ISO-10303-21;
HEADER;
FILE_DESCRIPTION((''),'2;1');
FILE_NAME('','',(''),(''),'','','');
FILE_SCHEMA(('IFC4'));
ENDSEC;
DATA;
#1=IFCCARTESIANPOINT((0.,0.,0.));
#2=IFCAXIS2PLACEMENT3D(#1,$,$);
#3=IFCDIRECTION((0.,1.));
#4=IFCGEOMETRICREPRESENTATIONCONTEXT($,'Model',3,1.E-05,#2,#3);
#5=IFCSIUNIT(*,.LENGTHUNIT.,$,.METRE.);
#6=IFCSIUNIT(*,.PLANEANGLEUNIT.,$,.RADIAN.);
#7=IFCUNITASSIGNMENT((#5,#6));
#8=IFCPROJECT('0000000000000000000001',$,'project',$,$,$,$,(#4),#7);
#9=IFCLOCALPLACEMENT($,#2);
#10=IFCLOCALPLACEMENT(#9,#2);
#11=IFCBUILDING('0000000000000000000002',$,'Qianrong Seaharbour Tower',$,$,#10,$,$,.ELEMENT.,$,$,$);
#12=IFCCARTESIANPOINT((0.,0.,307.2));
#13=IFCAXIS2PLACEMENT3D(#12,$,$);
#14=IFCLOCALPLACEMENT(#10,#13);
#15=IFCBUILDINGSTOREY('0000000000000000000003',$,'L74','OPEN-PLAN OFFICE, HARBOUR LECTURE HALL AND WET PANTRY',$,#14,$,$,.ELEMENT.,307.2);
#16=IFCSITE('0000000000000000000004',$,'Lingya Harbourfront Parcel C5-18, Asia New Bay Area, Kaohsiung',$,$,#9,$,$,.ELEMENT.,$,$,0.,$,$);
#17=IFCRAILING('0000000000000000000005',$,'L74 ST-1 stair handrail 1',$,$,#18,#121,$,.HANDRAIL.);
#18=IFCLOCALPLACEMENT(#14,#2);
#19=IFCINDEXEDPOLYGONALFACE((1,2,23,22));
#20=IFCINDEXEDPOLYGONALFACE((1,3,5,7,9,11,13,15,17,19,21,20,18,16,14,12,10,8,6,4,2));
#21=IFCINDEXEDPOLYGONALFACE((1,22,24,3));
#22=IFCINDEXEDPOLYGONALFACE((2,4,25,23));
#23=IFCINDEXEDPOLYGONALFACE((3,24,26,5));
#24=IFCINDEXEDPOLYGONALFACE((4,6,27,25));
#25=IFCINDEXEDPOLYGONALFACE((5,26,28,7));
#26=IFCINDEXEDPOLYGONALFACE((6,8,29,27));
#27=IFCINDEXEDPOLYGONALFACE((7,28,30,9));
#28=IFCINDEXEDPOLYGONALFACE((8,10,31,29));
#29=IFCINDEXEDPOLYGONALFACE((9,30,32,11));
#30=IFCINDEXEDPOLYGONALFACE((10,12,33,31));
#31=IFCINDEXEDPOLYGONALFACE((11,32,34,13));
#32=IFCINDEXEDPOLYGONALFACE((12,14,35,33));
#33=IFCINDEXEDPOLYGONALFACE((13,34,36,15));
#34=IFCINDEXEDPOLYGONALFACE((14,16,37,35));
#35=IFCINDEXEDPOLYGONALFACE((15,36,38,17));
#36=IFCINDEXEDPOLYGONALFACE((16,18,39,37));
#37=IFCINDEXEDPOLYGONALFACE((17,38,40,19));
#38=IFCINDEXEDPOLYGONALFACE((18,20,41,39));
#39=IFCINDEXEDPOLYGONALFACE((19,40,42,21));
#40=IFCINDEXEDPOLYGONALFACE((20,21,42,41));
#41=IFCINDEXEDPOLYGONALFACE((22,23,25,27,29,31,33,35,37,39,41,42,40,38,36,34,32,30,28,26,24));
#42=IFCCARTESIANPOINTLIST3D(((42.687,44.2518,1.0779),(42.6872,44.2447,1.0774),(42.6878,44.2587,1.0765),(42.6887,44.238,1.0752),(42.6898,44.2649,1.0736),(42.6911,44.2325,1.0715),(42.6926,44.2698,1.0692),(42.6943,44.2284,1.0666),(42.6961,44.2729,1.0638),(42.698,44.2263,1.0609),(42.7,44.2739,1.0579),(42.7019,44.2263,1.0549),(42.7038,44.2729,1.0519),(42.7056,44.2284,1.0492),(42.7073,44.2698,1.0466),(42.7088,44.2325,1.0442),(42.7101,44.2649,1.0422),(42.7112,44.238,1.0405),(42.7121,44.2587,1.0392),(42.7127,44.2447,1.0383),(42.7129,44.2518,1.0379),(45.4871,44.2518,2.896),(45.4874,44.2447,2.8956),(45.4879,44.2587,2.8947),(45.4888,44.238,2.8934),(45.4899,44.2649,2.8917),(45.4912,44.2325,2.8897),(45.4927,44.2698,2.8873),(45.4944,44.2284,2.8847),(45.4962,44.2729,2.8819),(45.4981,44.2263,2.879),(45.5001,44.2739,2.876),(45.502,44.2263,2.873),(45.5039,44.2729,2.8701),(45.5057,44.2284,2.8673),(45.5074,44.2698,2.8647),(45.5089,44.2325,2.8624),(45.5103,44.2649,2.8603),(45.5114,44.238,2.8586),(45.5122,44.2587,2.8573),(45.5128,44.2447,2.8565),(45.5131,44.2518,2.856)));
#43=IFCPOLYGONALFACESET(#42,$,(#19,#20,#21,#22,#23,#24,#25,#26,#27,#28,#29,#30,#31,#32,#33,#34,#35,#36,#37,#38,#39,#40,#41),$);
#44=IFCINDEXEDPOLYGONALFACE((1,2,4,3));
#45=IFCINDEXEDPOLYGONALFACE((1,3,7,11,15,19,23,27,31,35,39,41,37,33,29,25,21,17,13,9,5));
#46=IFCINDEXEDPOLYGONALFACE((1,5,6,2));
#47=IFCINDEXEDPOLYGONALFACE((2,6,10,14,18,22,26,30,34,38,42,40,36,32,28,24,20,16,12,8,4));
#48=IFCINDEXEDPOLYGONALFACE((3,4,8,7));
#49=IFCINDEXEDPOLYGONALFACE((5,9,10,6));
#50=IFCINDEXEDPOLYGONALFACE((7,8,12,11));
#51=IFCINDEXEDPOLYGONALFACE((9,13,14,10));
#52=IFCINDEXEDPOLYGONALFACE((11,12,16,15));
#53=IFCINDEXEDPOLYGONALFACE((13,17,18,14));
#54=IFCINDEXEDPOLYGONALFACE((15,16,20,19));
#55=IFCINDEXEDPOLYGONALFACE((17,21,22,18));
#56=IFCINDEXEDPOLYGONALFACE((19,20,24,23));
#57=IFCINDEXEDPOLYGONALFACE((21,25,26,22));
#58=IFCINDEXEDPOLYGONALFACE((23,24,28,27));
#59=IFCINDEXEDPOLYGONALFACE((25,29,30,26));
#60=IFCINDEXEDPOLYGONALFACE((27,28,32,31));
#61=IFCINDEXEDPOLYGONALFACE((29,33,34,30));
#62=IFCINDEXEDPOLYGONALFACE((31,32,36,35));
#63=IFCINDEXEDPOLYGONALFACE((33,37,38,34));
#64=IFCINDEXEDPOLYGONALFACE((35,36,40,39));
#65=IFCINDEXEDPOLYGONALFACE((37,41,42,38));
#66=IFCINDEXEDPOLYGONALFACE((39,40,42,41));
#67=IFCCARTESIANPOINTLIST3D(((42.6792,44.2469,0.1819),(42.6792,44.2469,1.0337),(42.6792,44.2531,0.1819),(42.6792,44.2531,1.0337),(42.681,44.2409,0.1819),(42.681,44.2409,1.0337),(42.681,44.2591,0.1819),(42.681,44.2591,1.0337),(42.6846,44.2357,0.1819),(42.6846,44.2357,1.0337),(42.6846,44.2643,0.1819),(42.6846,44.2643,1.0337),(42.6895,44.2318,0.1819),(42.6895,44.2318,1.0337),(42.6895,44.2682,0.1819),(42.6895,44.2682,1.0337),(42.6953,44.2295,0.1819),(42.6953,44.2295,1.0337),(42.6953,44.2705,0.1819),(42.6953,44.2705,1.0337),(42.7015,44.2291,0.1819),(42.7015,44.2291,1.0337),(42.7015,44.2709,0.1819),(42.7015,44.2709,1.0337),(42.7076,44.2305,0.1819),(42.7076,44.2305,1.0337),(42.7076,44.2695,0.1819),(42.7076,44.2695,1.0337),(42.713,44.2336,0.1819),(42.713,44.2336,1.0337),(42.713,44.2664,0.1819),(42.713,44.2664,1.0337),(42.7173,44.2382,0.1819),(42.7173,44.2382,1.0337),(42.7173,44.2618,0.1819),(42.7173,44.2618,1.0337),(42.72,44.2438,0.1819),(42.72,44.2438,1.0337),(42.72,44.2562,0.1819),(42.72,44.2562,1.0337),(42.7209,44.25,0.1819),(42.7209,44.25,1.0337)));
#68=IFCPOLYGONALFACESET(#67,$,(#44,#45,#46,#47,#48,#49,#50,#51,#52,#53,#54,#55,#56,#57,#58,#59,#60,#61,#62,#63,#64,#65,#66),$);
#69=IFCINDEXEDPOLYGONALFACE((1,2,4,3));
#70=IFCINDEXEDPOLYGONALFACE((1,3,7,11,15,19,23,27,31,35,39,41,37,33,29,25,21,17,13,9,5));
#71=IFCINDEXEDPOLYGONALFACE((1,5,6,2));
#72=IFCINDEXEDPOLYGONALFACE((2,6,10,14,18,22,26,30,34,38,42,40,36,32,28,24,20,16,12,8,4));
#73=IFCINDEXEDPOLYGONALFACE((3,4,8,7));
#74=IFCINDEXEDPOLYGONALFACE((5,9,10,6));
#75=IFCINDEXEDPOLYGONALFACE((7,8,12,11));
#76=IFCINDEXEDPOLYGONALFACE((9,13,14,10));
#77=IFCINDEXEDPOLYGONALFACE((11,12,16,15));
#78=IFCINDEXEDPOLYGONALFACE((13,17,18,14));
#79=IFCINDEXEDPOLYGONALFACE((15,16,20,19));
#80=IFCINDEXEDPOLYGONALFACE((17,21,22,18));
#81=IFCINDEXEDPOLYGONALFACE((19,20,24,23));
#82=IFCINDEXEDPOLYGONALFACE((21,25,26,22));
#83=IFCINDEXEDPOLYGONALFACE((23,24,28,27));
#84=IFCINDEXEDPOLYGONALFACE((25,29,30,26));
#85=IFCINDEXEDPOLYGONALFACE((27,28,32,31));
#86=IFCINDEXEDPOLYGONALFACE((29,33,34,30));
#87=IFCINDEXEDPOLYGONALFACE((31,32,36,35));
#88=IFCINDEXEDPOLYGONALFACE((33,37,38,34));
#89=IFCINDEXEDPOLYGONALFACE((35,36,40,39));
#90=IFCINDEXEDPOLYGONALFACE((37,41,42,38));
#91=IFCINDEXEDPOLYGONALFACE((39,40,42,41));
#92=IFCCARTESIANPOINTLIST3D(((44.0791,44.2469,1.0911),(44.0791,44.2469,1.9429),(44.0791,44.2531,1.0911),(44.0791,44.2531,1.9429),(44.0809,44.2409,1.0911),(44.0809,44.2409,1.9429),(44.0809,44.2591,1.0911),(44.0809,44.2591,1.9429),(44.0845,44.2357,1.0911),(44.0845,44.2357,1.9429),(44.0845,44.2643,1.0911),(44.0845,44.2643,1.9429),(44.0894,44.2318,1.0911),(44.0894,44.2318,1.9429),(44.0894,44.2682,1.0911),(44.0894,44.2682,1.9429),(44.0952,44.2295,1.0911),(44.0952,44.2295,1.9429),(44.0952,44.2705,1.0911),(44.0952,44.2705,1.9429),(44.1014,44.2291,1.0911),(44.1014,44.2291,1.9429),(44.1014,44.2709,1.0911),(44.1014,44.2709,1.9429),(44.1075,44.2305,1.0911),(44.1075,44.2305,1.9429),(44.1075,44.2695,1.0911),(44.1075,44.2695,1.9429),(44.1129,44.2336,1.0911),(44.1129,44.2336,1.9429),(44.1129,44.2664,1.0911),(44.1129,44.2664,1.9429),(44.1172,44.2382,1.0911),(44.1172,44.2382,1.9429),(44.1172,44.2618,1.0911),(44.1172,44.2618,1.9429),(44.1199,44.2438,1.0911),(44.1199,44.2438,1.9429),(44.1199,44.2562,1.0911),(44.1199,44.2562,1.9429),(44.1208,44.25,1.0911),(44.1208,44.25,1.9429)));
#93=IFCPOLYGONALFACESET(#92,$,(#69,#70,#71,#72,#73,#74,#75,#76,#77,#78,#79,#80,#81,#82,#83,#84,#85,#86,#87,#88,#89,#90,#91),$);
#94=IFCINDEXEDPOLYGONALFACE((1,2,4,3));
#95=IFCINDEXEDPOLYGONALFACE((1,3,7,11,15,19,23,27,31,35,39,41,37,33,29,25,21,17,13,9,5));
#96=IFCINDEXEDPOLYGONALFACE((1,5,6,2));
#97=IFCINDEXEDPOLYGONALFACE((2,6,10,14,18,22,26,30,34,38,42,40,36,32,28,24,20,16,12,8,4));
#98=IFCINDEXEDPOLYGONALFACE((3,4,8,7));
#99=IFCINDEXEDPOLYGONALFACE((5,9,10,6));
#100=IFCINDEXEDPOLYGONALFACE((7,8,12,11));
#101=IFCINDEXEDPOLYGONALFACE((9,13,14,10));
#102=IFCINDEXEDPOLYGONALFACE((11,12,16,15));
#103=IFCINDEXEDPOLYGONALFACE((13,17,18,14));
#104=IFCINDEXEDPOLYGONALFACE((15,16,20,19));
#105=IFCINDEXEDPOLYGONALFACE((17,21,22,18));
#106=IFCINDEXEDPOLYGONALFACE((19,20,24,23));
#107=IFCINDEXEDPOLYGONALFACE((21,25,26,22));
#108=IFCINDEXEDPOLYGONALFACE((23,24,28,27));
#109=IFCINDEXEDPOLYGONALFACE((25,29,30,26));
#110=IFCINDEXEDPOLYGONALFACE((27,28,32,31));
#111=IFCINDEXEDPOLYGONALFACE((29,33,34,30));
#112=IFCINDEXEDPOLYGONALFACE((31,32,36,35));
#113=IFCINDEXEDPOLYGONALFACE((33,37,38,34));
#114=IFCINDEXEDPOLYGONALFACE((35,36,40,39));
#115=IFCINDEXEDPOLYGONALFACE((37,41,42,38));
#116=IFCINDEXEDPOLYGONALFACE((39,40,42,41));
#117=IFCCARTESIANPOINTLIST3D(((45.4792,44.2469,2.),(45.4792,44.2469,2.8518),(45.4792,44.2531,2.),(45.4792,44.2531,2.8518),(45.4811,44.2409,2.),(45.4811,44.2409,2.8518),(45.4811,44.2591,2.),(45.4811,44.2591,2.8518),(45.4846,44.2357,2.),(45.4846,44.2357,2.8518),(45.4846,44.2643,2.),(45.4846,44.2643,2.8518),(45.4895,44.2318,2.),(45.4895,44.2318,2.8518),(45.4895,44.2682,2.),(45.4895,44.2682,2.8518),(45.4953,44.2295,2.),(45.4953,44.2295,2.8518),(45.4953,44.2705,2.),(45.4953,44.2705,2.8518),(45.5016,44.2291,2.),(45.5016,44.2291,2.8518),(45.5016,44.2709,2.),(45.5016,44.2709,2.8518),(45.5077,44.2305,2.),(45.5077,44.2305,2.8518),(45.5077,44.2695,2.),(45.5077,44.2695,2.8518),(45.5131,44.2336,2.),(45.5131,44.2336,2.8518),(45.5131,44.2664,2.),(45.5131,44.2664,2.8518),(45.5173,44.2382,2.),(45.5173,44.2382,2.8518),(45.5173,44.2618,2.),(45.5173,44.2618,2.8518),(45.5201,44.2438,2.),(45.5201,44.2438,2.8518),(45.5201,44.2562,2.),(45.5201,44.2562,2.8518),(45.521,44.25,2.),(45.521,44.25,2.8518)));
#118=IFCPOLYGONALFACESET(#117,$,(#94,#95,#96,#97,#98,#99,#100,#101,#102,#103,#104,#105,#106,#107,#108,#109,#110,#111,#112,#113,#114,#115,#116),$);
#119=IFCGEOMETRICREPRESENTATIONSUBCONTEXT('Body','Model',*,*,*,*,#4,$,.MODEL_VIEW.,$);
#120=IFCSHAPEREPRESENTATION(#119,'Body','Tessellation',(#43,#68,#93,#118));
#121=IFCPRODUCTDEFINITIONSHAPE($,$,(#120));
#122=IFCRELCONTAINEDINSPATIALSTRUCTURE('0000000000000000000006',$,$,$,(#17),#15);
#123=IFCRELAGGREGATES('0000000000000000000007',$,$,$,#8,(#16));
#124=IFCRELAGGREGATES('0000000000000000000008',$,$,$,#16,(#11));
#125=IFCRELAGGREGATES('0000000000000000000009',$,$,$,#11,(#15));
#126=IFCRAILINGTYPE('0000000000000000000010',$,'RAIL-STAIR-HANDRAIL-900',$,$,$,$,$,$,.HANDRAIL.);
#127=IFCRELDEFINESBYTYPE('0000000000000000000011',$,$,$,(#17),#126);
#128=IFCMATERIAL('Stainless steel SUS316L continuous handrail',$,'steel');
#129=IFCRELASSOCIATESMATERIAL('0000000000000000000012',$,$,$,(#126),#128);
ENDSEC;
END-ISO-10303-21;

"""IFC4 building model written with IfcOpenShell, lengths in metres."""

from ifc_helpers import new_model, si_unit, direction, frame, origin, origin_2d, place, context, subcontext, project, spatial, circle, extrude, material, type_object, element, save


model = new_model("IFC4")

# Units and contexts
model_context = context("Model", 3, precision=1e-05, world=origin(), true_north=direction((0.0, 1.0)))
body_context = subcontext(model_context, "Body", "Model", "MODEL_VIEW")
ifc_project = project(units=[si_unit("LENGTHUNIT", "METRE"), si_unit("PLANEANGLEUNIT", "RADIAN")], contexts=[model_context])

# Site, building, storey
site_placement = place(None, origin())
site = spatial("IfcSite", under=ifc_project, at=site_placement, Name="Lingya Harbourfront Parcel C5-18, Asia New Bay Area, Kaohsiung", CompositionType="ELEMENT", RefElevation=0.0)
building_placement = place(site_placement, origin())
building = spatial("IfcBuilding", under=site, at=building_placement, Name="Qianrong Seaharbour Tower", CompositionType="ELEMENT")
storey_placement = place(building_placement, frame((0.0, 0.0, 307.2)))
storey = spatial("IfcBuildingStorey", under=building, at=storey_placement, Name="L74", Description="OPEN-PLAN OFFICE, HARBOUR LECTURE HALL AND WET PANTRY", CompositionType="ELEMENT", Elevation=307.2)

# Railing
ifc_material_1 = material(Name="Stainless steel SUS316L continuous handrail", Category="steel")
railing_type_1 = type_object("IfcRailingType", Name="RAIL-STAIR-HANDRAIL-900", PredefinedType="HANDRAIL", material=ifc_material_1)
railing_1_placement = place(storey_placement, frame((42.7, 44.25, 0.1819)))
element("IfcRailing", 1, at=railing_1_placement, inside=storey, type_object=railing_type_1, Name="L74 ST-1 stair handrail 1", PredefinedType="HANDRAIL", context=body_context, shape_type="SweptSolid", body=[
    extrude(circle(Radius=0.0239, at=origin_2d()), frame((0.0, 0.0, 0.876), z_axis=(0.838706, 0.0, 0.544585), x_axis=(0.0, 1.0, 0.0)), (0.0, 0.0, 1.0), 3.3386),
    extrude(circle(Radius=0.021, at=origin_2d()), origin(), (0.0, 0.0, 1.0), 0.8518),
    extrude(circle(Radius=0.021, at=origin_2d()), frame((1.3999, 0.0, 0.9092)), (0.0, 0.0, 1.0), 0.8518),
    extrude(circle(Radius=0.021, at=origin_2d()), frame((2.8, 0.0, 1.8181)), (0.0, 0.0, 1.0), 0.8518),
])

save(model, "model.ifc")
